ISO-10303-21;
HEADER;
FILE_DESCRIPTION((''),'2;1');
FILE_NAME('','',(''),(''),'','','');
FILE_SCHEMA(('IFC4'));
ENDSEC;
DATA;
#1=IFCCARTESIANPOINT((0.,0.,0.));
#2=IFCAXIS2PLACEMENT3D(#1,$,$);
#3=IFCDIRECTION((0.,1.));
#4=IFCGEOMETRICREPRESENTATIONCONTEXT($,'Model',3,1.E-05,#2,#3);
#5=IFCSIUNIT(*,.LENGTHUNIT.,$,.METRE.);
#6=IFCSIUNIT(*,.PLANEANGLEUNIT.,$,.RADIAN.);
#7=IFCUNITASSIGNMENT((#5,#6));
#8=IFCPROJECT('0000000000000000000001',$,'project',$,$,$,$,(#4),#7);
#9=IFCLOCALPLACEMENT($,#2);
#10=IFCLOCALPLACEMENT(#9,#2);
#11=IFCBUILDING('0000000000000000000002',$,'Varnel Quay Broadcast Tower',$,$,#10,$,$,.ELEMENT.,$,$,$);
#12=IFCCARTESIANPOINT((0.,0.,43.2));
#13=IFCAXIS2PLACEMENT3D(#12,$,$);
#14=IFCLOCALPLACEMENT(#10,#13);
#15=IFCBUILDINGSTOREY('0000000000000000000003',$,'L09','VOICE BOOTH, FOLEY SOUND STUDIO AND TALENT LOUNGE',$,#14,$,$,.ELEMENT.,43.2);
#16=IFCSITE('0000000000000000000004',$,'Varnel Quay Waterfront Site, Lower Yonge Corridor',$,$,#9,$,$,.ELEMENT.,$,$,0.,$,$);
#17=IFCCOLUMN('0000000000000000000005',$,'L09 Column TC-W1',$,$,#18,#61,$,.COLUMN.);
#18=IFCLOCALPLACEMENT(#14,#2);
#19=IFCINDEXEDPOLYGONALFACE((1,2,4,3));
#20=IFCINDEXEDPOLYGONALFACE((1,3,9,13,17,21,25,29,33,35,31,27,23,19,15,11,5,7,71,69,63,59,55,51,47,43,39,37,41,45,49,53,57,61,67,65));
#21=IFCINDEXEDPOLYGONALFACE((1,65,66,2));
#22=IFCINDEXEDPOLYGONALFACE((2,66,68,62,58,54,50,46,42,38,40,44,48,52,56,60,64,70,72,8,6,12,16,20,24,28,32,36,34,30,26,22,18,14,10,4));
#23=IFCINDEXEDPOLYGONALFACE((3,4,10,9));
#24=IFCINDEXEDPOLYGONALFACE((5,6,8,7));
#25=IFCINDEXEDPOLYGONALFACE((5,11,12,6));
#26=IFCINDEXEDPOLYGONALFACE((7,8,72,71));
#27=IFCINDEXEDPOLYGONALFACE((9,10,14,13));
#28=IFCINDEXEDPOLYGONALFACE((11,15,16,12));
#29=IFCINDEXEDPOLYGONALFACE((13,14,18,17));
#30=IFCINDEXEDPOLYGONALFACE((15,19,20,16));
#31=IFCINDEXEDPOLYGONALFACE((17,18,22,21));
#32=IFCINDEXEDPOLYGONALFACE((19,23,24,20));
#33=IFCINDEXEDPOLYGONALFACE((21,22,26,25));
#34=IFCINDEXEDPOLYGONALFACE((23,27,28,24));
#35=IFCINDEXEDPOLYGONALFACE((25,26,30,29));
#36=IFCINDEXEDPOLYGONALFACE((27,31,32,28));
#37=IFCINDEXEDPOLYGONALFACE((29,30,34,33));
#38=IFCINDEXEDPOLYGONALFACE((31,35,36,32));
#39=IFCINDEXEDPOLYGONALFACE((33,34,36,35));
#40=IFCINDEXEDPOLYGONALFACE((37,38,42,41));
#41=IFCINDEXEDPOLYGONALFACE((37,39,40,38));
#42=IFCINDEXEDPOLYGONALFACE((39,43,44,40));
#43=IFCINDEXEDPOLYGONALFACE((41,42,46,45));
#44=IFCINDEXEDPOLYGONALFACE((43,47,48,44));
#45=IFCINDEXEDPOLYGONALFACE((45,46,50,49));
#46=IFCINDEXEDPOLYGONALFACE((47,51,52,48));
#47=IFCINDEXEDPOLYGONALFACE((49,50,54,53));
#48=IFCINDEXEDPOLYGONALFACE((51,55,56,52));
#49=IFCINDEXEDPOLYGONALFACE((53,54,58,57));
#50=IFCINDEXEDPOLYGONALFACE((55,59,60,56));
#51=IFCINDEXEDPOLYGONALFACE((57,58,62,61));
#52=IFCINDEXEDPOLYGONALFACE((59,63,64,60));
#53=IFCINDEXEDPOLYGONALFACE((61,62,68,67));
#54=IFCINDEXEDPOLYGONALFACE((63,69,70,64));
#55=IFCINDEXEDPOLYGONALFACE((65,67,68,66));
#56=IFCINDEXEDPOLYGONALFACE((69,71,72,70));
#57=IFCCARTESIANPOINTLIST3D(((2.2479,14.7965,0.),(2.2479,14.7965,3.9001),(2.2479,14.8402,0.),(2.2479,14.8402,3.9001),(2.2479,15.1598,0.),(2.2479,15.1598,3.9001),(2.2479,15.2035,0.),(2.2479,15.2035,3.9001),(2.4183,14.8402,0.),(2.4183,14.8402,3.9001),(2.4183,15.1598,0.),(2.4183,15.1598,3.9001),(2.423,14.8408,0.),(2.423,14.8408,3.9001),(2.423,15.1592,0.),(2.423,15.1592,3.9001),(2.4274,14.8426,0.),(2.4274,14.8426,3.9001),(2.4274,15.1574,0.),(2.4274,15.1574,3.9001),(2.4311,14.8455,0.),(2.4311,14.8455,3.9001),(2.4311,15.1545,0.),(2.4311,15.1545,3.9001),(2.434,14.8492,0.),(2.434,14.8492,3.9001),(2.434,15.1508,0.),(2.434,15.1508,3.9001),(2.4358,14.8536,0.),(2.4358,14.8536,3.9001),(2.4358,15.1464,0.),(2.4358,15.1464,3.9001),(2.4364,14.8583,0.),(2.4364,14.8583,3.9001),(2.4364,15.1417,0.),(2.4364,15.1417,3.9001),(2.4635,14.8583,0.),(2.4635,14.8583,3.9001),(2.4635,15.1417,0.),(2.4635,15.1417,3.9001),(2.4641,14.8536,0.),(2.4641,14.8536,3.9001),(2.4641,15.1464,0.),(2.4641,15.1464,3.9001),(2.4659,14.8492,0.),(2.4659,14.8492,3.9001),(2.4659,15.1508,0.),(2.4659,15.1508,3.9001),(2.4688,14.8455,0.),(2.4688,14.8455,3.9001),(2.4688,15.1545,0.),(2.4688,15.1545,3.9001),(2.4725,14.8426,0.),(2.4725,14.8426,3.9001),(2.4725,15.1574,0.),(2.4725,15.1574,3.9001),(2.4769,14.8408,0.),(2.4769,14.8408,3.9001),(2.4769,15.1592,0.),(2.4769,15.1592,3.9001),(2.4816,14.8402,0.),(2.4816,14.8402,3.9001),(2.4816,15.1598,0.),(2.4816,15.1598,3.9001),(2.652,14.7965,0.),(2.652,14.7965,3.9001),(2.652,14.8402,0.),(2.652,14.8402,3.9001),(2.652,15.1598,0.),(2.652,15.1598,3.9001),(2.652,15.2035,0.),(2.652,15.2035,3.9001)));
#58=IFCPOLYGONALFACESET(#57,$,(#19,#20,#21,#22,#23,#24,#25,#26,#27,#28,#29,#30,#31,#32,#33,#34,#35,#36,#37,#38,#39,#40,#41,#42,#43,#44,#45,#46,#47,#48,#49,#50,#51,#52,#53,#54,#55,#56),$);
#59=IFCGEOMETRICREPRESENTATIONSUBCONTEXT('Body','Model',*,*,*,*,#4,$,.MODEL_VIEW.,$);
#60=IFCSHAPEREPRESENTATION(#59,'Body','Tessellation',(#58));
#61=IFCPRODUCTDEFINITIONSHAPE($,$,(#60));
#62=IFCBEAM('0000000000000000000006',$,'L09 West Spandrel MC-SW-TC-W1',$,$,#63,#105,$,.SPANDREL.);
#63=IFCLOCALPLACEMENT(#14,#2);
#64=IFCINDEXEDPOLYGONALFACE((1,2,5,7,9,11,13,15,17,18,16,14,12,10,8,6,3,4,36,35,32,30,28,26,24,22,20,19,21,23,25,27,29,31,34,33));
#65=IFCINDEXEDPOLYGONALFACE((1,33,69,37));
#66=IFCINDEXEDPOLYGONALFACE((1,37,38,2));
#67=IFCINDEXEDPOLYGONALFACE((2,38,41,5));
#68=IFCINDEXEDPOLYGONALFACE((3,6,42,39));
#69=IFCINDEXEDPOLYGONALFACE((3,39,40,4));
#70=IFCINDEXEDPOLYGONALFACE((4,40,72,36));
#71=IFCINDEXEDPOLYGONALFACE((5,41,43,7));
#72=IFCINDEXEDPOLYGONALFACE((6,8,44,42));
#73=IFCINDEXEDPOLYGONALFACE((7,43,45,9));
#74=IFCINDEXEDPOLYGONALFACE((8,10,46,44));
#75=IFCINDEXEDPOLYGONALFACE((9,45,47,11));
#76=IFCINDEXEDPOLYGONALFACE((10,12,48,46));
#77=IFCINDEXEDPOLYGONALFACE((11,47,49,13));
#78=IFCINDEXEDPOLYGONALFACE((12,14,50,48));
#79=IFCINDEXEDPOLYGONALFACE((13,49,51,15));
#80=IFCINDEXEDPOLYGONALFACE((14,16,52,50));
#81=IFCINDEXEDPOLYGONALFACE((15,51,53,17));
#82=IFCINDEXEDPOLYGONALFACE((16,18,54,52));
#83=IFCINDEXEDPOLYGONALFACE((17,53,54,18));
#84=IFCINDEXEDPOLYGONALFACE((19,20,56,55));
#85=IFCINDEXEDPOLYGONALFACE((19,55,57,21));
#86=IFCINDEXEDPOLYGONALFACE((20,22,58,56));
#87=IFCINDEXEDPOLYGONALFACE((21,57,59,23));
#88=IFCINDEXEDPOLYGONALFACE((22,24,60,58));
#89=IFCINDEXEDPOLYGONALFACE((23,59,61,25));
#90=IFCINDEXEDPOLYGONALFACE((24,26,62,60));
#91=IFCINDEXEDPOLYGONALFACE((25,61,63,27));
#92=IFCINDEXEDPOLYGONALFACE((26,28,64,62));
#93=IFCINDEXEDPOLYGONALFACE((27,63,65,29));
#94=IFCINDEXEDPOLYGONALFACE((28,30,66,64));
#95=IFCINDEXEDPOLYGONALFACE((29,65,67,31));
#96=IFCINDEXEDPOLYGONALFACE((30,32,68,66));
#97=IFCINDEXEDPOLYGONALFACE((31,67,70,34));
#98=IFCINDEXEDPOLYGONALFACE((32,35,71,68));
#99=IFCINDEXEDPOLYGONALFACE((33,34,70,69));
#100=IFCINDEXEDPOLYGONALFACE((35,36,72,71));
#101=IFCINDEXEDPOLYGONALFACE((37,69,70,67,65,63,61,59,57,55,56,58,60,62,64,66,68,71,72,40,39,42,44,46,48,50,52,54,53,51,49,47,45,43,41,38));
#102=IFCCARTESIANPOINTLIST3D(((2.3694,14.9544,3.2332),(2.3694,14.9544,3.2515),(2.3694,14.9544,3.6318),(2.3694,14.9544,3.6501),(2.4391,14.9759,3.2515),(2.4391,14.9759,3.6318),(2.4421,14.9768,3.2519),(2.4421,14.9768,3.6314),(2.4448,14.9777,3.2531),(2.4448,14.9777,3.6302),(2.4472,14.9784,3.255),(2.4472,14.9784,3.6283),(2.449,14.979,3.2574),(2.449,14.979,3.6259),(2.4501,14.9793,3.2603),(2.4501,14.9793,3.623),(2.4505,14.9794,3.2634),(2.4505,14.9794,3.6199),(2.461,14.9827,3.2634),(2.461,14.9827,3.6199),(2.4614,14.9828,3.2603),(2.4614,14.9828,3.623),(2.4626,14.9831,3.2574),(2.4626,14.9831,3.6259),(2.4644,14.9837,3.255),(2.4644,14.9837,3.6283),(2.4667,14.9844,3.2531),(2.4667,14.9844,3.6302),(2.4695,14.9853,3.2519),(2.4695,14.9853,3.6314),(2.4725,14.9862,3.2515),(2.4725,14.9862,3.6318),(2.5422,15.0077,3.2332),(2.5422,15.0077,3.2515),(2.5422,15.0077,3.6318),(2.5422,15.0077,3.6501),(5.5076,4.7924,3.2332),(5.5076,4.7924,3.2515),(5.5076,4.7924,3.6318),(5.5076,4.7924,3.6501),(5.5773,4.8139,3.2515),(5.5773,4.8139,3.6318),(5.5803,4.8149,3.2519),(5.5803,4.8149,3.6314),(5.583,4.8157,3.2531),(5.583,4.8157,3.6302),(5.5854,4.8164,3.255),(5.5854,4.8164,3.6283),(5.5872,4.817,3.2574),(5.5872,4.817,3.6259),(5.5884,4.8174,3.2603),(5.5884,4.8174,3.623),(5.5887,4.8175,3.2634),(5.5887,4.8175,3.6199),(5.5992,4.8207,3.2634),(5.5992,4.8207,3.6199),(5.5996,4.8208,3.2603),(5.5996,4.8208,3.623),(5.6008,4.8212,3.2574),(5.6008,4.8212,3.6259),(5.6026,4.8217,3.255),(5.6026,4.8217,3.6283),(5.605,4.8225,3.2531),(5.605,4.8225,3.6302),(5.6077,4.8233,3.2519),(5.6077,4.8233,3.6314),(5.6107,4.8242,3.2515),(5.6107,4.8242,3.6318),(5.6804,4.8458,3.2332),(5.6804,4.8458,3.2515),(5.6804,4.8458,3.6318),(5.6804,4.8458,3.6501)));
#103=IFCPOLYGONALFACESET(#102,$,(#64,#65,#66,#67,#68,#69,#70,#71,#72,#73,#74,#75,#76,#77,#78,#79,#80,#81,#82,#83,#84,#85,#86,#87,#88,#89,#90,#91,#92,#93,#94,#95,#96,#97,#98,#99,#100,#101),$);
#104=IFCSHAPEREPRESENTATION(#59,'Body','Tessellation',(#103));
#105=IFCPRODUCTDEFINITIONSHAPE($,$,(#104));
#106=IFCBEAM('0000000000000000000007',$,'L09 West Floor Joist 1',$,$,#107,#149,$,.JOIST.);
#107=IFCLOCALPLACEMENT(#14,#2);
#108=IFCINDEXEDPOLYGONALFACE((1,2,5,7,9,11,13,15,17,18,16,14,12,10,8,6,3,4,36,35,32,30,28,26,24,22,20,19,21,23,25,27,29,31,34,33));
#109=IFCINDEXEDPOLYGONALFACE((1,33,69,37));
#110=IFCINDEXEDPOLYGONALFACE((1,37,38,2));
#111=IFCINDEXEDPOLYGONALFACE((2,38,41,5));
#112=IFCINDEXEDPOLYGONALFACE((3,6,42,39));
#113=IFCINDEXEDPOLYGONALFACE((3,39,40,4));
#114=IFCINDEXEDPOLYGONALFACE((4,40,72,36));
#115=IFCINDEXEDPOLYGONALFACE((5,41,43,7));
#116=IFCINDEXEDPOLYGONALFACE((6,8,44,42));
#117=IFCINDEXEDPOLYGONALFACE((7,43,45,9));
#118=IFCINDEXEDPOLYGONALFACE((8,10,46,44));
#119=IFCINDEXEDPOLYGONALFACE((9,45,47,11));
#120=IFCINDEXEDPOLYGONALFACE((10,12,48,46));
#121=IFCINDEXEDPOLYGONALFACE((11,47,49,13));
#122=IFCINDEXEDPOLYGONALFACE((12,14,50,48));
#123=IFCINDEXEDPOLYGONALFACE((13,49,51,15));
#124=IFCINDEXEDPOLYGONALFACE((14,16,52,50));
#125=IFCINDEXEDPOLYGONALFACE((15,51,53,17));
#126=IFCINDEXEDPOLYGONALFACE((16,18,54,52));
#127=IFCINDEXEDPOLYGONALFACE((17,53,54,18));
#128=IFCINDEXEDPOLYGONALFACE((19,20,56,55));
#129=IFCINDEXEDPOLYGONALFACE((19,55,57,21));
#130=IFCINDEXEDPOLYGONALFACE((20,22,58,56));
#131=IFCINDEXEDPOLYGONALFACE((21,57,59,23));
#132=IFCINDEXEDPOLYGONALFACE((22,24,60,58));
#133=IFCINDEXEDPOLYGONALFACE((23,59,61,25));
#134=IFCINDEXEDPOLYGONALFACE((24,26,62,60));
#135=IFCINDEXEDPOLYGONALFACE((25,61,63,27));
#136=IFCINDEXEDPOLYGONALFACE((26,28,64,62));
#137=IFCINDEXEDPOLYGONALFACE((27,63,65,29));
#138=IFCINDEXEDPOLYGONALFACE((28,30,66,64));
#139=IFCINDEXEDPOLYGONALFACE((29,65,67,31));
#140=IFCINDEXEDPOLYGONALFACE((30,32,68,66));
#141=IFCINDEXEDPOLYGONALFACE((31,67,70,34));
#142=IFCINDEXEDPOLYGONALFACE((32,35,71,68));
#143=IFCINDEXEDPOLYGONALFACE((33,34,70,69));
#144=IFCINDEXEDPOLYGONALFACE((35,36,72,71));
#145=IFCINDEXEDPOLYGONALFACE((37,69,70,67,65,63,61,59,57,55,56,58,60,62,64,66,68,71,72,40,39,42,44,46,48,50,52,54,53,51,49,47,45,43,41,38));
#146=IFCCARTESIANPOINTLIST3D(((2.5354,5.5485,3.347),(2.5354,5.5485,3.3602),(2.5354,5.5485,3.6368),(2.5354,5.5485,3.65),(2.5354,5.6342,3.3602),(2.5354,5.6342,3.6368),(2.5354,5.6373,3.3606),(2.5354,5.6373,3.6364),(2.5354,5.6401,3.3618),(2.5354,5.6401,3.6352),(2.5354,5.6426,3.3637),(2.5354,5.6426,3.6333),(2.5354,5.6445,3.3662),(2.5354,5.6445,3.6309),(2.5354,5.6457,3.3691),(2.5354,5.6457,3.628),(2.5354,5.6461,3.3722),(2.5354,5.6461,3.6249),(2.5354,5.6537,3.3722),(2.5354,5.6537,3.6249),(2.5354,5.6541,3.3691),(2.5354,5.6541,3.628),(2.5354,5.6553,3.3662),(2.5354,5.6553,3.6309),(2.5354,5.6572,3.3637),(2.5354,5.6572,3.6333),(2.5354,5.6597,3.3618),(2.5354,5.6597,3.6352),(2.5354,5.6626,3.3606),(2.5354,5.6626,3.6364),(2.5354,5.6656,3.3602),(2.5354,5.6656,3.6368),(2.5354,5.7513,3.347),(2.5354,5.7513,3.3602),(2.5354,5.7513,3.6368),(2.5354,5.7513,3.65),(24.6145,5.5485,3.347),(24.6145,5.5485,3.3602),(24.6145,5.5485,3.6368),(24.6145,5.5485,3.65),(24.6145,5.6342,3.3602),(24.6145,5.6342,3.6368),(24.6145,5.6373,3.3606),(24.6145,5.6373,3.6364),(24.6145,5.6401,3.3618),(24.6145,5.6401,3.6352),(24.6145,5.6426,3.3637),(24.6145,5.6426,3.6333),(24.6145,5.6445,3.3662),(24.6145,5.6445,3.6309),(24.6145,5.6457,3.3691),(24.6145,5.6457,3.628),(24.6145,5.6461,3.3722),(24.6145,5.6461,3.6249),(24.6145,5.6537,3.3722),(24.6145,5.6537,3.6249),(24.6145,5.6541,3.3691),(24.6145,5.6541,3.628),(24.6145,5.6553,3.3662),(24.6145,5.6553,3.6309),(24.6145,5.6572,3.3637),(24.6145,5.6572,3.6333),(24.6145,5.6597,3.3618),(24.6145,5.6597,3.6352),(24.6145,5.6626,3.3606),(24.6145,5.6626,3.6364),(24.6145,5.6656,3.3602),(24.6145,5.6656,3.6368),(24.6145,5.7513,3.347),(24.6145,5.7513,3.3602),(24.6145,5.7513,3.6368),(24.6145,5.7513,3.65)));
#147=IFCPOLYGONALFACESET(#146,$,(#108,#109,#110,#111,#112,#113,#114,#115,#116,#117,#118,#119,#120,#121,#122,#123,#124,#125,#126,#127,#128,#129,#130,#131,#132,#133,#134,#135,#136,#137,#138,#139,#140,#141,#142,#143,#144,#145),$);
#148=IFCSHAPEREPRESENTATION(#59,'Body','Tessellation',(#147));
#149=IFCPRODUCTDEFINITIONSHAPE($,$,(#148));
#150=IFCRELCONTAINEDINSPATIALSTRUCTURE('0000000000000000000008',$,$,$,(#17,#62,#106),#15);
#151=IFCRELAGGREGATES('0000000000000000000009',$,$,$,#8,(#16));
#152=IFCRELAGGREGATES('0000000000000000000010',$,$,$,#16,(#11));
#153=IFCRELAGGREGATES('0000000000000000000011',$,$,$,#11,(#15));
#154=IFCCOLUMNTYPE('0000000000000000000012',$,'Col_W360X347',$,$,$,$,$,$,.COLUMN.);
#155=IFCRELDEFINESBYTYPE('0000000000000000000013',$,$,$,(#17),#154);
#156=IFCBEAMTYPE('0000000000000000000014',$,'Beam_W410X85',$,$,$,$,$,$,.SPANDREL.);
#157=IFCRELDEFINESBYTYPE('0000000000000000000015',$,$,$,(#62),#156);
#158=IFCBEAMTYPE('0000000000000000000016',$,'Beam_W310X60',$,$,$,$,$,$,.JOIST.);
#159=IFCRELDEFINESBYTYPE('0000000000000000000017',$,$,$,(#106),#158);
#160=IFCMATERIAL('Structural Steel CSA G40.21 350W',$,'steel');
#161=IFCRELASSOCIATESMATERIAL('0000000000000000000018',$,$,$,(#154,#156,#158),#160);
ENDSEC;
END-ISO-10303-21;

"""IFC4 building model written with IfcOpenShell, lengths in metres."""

from ifc_helpers import new_model, si_unit, direction, frame, origin, origin_2d, place, context, subcontext, project, spatial, i_section, extrude, source, transform, mapped, material, material_profile, profile_set, type_object, type_shapes, element, save


model = new_model("IFC4")

# Units and contexts
model_context = context("Model", 3, precision=1e-05, world=origin(), true_north=direction((0.0, 1.0)))
body_context = subcontext(model_context, "Body", "Model", "MODEL_VIEW")
ifc_project = project(units=[si_unit("LENGTHUNIT", "METRE"), si_unit("PLANEANGLEUNIT", "RADIAN")], contexts=[model_context])

# Site, building, storey
site_placement = place(None, origin())
site = spatial("IfcSite", under=ifc_project, at=site_placement, Name="Varnel Quay Waterfront Site, Lower Yonge Corridor", CompositionType="ELEMENT", RefElevation=0.0)
building_placement = place(site_placement, origin())
building = spatial("IfcBuilding", under=site, at=building_placement, Name="Varnel Quay Broadcast Tower", CompositionType="ELEMENT")
storey_placement = place(building_placement, frame((0.0, 0.0, 43.2)))
storey = spatial("IfcBuildingStorey", under=building, at=storey_placement, Name="L09", Description="VOICE BOOTH, FOLEY SOUND STUDIO AND TALENT LOUNGE", CompositionType="ELEMENT", Elevation=43.2)

# Column
ifc_material_1 = material(Name="Structural Steel CSA G40.21 350W", Category="steel")
ifc_material_profile_1 = material_profile(ifc_material_1, i_section(OverallWidth=0.4041, OverallDepth=0.407, WebThickness=0.0271, FlangeThickness=0.0437, FilletRadius=0.0181, at=origin_2d()), Name="W360X347")
ifc_profile_set_1 = profile_set([ifc_material_profile_1], Name="Structural Steel CSA G40.21 350W")
column_type = type_object("IfcColumnType", Name="Col_W360X347", PredefinedType="COLUMN", material=ifc_profile_set_1)
shared_shape_1 = source(origin(), body_context, "Body", "SweptSolid", [
    extrude(i_section(OverallWidth=0.4041, OverallDepth=0.407, WebThickness=0.0271, FlangeThickness=0.0437, FilletRadius=0.0181, at=origin_2d()), origin(), (0.0, 0.0, 1.0), 3.9001),
])
type_shapes(column_type, [shared_shape_1])
column_placement = place(storey_placement, frame((2.45, 15.0, 0.0), z_axis=(0.0, 0.0, 1.0), x_axis=(1.0, 0.0, 0.0)))
element("IfcColumn", 1, at=column_placement, inside=storey, type_object=column_type, Name="L09 Column TC-W1", PredefinedType="COLUMN", context=body_context, shape_type="MappedRepresentation", body=[
    mapped(shared_shape_1, transform((0.0, 0.0, 0.0), x_axis=(1.0, 0.0, 0.0), y_axis=(0.0, 1.0, 0.0), z_axis=(0.0, 0.0, 1.0), scale=1.0)),
])

# Beams
ifc_material_profile_2 = material_profile(ifc_material_1, i_section(OverallWidth=0.1809, OverallDepth=0.417, WebThickness=0.011, FlangeThickness=0.0183, FilletRadius=0.012, at=origin_2d()), Name="W410X85")
ifc_profile_set_2 = profile_set([ifc_material_profile_2], Name="Structural Steel CSA G40.21 350W")
beam_type_1 = type_object("IfcBeamType", Name="Beam_W410X85", PredefinedType="SPANDREL", material=ifc_profile_set_2)
shared_shape_2 = source(origin(), body_context, "Body", "SweptSolid", [
    extrude(i_section(OverallWidth=0.1809, OverallDepth=0.417, WebThickness=0.011, FlangeThickness=0.0183, FilletRadius=0.012, at=origin_2d()), origin(), (0.0, 0.0, 1.0), 10.6355),
])
type_shapes(beam_type_1, [shared_shape_2])
beam_1_placement = place(storey_placement, frame((5.594, 4.8191, 3.4417), z_axis=(-0.29507, 0.955476, 0.0), x_axis=(-0.955476, -0.29507, 0.0)))
element("IfcBeam", 2, at=beam_1_placement, inside=storey, type_object=beam_type_1, Name="L09 West Spandrel MC-SW-TC-W1", PredefinedType="SPANDREL", context=body_context, shape_type="MappedRepresentation", body=[
    mapped(shared_shape_2, transform((0.0, 0.0, 0.0), x_axis=(1.0, 0.0, 0.0), y_axis=(0.0, 1.0, 0.0), z_axis=(0.0, 0.0, 1.0), scale=1.0)),
])
ifc_material_profile_3 = material_profile(ifc_material_1, i_section(OverallWidth=0.2029, OverallDepth=0.303, WebThickness=0.0076, FlangeThickness=0.0132, FilletRadius=0.012, at=origin_2d()), Name="W310X60")
ifc_profile_set_3 = profile_set([ifc_material_profile_3], Name="Structural Steel CSA G40.21 350W")
beam_type_2 = type_object("IfcBeamType", Name="Beam_W310X60", PredefinedType="JOIST", material=ifc_profile_set_3)
shared_shape_3 = source(origin(), body_context, "Body", "SweptSolid", [
    extrude(i_section(OverallWidth=0.2029, OverallDepth=0.303, WebThickness=0.0076, FlangeThickness=0.0132, FilletRadius=0.012, at=origin_2d()), origin(), (0.0, 0.0, 1.0), 22.0791),
])
type_shapes(beam_type_2, [shared_shape_3])
for number, where, z_axis, x_axis, name in (
    (3, (2.5354, 5.6499, 3.4985), (1.0, 0.0, 0.0), (0.0, 1.0, 0.0), "L09 West Floor Joist 1"),
):
    element("IfcBeam", number, at=place(storey_placement, frame(where, z_axis=z_axis, x_axis=x_axis)), inside=storey, type_object=beam_type_2, Name=name, PredefinedType="JOIST", context=body_context, shape_type="MappedRepresentation", body=[
        mapped(shared_shape_3, transform((0.0, 0.0, 0.0), x_axis=(1.0, 0.0, 0.0), y_axis=(0.0, 1.0, 0.0), z_axis=(0.0, 0.0, 1.0), scale=1.0)),
    ])

save(model, "model.ifc")
